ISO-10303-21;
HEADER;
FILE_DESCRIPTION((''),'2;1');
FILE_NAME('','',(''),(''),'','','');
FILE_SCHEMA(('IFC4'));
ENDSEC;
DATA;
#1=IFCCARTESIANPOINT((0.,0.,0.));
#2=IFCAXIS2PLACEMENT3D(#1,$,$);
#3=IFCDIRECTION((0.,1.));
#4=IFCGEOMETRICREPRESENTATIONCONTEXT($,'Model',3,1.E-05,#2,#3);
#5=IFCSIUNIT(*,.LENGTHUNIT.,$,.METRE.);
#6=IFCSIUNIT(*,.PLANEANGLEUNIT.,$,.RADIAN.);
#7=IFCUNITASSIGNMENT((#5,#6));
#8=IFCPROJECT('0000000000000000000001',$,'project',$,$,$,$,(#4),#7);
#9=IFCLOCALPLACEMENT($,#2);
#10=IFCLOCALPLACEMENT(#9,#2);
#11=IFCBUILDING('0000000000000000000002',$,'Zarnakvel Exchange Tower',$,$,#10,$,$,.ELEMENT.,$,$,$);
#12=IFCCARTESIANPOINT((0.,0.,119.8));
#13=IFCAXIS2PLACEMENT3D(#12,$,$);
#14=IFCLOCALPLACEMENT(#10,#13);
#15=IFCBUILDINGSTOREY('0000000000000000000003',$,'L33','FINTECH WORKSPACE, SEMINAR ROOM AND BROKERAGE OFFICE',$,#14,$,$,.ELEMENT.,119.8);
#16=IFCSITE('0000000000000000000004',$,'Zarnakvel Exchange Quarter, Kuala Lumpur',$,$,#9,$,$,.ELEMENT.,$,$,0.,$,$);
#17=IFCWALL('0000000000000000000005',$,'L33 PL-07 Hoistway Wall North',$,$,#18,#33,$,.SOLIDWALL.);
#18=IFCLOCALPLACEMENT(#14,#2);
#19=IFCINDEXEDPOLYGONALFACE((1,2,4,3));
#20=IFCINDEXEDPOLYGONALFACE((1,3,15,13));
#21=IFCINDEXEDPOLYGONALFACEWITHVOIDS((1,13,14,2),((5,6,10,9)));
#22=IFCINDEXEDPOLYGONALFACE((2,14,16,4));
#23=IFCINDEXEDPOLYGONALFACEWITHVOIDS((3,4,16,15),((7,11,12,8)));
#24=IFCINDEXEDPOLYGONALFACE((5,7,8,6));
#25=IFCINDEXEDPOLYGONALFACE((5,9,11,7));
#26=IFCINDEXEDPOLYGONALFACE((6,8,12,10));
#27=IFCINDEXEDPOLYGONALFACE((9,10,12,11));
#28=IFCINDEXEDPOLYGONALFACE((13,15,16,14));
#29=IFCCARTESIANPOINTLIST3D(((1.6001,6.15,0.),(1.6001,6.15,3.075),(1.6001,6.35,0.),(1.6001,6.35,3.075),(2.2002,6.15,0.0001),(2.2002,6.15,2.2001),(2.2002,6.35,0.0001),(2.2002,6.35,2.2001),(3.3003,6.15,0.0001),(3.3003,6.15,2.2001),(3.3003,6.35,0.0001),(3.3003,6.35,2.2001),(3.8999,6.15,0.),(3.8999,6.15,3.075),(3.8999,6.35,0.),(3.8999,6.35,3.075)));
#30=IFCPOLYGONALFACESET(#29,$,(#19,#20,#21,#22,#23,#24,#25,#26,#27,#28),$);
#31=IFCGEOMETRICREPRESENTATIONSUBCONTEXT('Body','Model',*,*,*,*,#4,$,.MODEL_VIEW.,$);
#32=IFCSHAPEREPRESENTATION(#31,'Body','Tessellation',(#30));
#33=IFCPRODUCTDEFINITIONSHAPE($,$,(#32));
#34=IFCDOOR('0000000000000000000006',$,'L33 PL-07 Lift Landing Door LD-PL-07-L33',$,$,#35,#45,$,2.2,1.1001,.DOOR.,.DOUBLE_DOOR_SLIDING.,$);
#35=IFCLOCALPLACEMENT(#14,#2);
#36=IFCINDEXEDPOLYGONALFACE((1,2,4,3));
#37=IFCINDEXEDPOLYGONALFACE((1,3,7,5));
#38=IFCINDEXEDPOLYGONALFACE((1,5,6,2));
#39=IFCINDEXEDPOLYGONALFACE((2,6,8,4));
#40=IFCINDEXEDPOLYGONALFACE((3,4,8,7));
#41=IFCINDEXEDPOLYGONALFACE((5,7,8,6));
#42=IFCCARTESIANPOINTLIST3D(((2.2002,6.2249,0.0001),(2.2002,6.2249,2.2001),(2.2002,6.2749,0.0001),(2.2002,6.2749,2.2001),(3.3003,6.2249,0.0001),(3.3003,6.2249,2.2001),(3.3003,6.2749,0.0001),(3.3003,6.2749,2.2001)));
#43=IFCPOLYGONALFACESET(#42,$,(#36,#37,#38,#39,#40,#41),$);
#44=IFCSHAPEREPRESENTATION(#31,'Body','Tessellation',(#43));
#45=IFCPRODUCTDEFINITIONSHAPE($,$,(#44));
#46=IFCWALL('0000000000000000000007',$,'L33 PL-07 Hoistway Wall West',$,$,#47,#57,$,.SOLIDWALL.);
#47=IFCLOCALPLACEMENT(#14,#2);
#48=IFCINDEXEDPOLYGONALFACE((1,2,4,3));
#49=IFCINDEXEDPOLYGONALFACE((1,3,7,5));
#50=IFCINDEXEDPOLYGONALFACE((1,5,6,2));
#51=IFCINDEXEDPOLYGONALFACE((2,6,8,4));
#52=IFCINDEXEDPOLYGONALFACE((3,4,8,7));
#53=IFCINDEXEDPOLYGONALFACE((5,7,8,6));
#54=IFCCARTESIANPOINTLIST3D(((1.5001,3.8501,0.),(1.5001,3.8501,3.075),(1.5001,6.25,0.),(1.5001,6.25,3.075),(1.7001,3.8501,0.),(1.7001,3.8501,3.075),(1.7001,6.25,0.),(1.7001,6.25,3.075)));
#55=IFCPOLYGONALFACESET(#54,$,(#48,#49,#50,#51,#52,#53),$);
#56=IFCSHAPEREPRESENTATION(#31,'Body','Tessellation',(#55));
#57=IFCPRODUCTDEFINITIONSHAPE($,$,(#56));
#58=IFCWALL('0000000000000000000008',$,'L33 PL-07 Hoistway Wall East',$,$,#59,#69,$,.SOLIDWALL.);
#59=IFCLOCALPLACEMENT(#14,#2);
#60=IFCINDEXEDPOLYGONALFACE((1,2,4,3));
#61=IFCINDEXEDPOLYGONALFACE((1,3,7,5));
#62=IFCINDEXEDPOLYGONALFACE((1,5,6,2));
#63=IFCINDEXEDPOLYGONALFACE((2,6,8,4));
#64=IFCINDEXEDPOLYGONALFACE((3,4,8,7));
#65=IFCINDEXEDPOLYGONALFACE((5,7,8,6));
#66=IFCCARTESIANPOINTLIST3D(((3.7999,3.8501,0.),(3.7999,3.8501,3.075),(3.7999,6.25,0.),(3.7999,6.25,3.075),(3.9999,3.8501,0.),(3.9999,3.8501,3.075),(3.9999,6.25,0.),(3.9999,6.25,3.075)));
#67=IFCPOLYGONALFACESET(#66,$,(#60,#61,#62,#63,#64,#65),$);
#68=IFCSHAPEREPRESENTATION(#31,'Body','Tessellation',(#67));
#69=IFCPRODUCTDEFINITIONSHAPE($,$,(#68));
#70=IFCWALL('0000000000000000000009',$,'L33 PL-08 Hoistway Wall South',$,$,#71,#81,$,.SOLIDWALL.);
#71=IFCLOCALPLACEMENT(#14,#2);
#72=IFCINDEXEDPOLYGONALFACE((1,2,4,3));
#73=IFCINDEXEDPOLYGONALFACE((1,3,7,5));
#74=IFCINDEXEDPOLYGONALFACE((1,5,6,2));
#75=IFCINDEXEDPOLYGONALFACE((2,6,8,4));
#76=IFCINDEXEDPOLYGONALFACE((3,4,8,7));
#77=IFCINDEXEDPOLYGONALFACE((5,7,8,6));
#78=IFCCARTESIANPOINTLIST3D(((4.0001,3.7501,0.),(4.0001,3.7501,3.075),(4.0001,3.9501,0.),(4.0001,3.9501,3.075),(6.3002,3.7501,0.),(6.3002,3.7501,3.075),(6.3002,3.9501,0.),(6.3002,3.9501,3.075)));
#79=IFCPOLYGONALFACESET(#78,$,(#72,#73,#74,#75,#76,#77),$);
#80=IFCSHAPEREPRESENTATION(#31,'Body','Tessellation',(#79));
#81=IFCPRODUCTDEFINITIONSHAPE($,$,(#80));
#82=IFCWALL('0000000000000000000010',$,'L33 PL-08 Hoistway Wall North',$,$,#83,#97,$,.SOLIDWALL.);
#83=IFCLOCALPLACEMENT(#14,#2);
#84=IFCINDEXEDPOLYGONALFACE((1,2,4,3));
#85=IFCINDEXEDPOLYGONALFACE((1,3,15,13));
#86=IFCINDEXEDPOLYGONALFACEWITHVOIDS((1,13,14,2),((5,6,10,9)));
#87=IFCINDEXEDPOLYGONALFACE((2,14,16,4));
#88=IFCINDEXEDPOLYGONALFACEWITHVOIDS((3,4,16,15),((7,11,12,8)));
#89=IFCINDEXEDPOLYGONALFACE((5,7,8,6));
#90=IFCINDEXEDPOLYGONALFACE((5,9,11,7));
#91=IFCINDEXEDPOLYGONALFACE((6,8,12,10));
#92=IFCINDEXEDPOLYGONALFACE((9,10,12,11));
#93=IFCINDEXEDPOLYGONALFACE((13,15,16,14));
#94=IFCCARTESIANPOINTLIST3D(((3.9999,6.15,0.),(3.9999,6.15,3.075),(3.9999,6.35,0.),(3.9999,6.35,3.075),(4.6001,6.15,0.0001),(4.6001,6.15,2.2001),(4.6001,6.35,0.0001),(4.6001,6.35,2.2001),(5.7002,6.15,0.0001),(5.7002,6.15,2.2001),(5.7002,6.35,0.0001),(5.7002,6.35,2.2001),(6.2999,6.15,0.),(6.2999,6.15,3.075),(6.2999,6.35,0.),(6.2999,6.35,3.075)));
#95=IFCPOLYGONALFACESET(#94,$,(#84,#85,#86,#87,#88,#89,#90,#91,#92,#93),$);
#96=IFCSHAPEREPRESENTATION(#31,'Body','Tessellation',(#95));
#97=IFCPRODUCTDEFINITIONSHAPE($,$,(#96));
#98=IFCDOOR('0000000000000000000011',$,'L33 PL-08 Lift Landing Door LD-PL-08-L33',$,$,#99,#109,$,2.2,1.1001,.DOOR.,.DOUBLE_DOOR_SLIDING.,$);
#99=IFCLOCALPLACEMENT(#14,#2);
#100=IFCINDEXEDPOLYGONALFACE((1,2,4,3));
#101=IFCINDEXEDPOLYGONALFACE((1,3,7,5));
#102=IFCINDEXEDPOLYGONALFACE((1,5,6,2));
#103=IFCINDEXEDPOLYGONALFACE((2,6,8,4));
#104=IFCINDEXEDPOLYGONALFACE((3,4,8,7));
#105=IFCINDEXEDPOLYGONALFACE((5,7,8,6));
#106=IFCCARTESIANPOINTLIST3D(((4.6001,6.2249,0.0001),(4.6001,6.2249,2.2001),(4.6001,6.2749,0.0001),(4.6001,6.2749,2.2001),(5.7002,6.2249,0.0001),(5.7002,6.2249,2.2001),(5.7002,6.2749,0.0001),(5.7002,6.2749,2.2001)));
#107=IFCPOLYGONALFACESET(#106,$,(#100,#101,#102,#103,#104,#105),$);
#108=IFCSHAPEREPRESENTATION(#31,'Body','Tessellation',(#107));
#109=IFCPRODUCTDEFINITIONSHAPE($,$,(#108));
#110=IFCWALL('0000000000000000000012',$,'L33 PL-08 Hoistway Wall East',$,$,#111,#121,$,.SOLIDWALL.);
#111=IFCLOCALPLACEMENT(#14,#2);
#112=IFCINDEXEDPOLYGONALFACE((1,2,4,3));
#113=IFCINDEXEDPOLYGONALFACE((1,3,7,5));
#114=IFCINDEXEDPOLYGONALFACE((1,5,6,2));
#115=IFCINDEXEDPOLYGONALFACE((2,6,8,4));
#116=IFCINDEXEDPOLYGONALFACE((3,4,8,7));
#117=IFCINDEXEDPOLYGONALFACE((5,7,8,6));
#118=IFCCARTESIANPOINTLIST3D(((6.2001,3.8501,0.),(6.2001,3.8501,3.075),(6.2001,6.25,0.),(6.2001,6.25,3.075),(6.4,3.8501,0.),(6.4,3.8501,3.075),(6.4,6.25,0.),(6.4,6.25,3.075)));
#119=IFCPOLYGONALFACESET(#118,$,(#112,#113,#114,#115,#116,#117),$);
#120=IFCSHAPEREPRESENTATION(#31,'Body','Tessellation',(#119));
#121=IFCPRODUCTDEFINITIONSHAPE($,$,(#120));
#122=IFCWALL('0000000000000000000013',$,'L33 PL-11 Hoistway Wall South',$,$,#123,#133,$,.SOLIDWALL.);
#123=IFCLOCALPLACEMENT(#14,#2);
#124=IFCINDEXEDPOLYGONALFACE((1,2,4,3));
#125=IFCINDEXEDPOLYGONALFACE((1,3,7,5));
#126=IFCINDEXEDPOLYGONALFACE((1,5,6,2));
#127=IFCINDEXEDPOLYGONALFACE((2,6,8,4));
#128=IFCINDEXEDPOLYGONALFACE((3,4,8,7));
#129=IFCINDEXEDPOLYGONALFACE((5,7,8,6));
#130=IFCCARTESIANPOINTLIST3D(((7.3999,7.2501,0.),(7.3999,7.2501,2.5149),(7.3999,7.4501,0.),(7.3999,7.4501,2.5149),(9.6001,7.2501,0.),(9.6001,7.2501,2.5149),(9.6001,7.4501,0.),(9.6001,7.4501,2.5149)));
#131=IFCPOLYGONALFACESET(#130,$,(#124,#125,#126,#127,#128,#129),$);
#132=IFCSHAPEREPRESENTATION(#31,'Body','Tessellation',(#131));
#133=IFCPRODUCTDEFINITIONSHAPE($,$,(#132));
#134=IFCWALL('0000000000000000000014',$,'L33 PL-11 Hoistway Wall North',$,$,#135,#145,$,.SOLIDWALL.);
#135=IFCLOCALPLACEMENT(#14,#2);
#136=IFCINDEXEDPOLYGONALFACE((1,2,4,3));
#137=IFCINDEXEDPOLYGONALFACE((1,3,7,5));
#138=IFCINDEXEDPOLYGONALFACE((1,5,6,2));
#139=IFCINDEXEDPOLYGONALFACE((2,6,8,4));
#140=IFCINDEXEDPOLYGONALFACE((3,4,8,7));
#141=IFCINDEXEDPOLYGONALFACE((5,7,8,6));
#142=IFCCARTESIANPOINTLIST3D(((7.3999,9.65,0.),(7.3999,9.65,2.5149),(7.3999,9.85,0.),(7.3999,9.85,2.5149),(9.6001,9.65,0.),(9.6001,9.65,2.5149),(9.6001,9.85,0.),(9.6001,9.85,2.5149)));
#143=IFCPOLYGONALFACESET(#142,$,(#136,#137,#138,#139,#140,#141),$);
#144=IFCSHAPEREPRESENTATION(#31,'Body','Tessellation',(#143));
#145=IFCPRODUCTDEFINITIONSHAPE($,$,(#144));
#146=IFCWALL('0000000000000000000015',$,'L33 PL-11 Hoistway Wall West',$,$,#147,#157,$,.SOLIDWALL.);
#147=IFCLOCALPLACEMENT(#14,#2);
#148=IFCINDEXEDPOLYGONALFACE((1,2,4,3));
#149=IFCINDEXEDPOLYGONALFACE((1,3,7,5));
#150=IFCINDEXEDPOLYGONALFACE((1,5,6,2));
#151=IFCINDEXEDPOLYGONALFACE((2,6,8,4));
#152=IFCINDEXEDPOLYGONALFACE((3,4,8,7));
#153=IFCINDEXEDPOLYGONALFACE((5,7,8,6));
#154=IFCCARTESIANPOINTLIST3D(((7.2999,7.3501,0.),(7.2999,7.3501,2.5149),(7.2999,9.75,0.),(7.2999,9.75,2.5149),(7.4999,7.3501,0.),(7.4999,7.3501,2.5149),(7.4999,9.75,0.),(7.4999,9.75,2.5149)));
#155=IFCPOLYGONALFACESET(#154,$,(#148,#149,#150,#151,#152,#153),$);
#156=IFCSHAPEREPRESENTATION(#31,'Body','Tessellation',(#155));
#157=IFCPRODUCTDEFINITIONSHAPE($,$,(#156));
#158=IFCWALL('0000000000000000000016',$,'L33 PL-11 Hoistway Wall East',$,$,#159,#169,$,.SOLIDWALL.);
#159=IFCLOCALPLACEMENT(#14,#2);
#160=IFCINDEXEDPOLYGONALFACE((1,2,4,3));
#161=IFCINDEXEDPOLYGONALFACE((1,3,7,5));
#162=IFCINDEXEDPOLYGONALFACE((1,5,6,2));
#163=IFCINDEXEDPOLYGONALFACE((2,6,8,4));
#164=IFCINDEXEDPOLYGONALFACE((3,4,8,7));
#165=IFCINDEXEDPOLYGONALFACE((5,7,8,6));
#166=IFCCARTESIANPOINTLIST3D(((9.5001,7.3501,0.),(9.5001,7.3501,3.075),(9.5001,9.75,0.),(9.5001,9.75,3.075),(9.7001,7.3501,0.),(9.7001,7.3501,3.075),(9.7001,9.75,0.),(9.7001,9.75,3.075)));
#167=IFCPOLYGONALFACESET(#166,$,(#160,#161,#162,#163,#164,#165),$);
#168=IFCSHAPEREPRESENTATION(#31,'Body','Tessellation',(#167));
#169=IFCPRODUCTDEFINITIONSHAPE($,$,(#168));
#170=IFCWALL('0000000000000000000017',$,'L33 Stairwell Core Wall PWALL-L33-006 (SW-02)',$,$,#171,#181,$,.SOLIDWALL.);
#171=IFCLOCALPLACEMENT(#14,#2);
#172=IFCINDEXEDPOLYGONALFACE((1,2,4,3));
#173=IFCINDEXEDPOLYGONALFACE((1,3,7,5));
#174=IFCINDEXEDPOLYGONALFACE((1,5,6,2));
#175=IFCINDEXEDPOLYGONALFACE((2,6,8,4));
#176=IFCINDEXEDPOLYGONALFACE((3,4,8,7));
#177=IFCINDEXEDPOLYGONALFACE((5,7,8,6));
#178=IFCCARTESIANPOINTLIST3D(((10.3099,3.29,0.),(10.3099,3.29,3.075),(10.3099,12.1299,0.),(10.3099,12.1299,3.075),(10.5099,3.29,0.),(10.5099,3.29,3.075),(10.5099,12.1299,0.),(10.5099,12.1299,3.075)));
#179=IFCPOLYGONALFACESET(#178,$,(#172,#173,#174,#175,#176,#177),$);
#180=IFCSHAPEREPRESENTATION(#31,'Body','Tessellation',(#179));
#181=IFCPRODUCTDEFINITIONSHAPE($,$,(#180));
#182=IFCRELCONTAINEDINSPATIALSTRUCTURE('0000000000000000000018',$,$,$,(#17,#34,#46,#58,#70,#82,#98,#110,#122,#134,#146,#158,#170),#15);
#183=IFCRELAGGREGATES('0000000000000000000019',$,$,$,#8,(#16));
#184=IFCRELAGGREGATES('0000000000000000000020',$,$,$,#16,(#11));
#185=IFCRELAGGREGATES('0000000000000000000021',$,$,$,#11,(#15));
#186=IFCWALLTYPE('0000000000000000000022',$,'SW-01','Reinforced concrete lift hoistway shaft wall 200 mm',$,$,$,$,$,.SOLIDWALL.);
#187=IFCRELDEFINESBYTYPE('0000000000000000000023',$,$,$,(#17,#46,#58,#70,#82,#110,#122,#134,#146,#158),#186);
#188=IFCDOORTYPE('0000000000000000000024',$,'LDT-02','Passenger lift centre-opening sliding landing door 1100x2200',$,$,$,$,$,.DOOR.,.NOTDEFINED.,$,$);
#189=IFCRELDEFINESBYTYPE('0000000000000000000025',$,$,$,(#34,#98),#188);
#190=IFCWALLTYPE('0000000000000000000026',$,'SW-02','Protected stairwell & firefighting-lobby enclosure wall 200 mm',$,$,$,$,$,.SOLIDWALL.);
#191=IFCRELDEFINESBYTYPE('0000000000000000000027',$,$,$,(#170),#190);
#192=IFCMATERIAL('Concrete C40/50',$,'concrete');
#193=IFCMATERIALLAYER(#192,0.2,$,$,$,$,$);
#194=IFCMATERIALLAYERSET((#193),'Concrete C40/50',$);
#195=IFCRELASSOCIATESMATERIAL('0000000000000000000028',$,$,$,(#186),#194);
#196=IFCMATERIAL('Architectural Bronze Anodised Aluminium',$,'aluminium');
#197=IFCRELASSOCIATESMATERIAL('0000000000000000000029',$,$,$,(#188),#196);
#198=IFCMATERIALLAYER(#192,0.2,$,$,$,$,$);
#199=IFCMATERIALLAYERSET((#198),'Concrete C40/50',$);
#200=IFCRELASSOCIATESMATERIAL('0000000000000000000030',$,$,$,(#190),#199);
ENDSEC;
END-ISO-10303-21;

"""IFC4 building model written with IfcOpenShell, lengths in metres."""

from ifc_helpers import new_model, si_unit, direction, frame, frame_2d, origin, place, context, subcontext, project, spatial, rectangle, extrude, source, transform, mapped, material, layer, layer_set, type_object, element, fill, save


model = new_model("IFC4")

# Units and contexts
model_context = context("Model", 3, precision=1e-05, world=origin(), true_north=direction((0.0, 1.0)))
body_context = subcontext(model_context, "Body", "Model", "MODEL_VIEW")
ifc_project = project(units=[si_unit("LENGTHUNIT", "METRE"), si_unit("PLANEANGLEUNIT", "RADIAN")], contexts=[model_context])

# Site, building, storey
site_placement = place(None, origin())
site = spatial("IfcSite", under=ifc_project, at=site_placement, Name="Zarnakvel Exchange Quarter, Kuala Lumpur", CompositionType="ELEMENT", RefElevation=0.0)
building_placement = place(site_placement, origin())
building = spatial("IfcBuilding", under=site, at=building_placement, Name="Zarnakvel Exchange Tower", CompositionType="ELEMENT")
storey_placement = place(building_placement, frame((0.0, 0.0, 119.8)))
storey = spatial("IfcBuildingStorey", under=building, at=storey_placement, Name="L33", Description="FINTECH WORKSPACE, SEMINAR ROOM AND BROKERAGE OFFICE", CompositionType="ELEMENT", Elevation=119.8)

# Shared definitions
ifc_material_1 = material(Name="Concrete C40/50", Category="concrete")
ifc_layer_1 = layer(ifc_material_1, 0.2)
ifc_layer_set_1 = layer_set([ifc_layer_1], Name="Concrete C40/50")
wall_type_1 = type_object("IfcWallType", Name="SW-01", Description="Reinforced concrete lift hoistway shaft wall 200 mm", PredefinedType="SOLIDWALL", material=ifc_layer_set_1)
shared_shape_1 = source(origin(), body_context, "Body", "SweptSolid", [
    extrude(rectangle(XDim=1.1001, YDim=2.2, at=frame_2d((0.55, 1.1001))), frame((0.0, 0.0249, 0.0), z_axis=(0.0, -1.0, 0.0), x_axis=(1.0, 0.0, 0.0)), (0.0, 0.0, 1.0), 0.05),
])

# Wall, opening, door
wall_1_placement = place(storey_placement, frame((1.6001, 6.25, 0.0), z_axis=(0.0, 0.0, 1.0), x_axis=(1.0, 0.0, 0.0)))
wall_1 = element("IfcWall", 1, at=wall_1_placement, inside=storey, type_object=wall_type_1, Name="L33 PL-07 Hoistway Wall North", PredefinedType="SOLIDWALL", context=body_context, shape_type="SweptSolid", body=[
    extrude(rectangle(XDim=2.2998, YDim=0.2, at=frame_2d((1.1499, 0.0))), origin(), (0.0, 0.0, 1.0), 3.075),
])
opening_1_placement = place(wall_1_placement, frame((0.6001, 0.0, 0.0)))
opening_1 = element("IfcOpeningElement", 2, at=opening_1_placement, cuts=wall_1, PredefinedType="OPENING", context=body_context, shape_type="SweptSolid", body=[
    extrude(rectangle(XDim=1.1001, YDim=2.2, at=frame_2d((0.55, 1.1001))), frame((0.0, 0.1099, 0.0), z_axis=(0.0, -1.0, 0.0), x_axis=(1.0, 0.0, 0.0)), (0.0, 0.0, 1.0), 0.22),
])
ifc_material_2 = material(Name="Architectural Bronze Anodised Aluminium", Category="aluminium")
door_type_1 = type_object("IfcDoorType", Name="LDT-02", Description="Passenger lift centre-opening sliding landing door 1100x2200", OperationType="NOTDEFINED", PredefinedType="DOOR", material=ifc_material_2)
door_1_placement = place(opening_1_placement, origin())
door_1 = element("IfcDoor", 3, at=door_1_placement, inside=storey, type_object=door_type_1, Name="L33 PL-07 Lift Landing Door LD-PL-07-L33", OperationType="DOUBLE_DOOR_SLIDING", OverallHeight=2.2, OverallWidth=1.1001, PredefinedType="DOOR", context=body_context, shape_type="MappedRepresentation", body=[
    mapped(shared_shape_1, transform((0.0, 0.0, 0.0), x_axis=(1.0, 0.0, 0.0), y_axis=(0.0, 1.0, 0.0), z_axis=(0.0, 0.0, 1.0), scale=1.0)),
])
fill(opening_1, door_1)

# Walls
for number, where, z_axis, x_axis, name in (
    (4, (1.6001, 3.8501, 0.0), (0.0, 0.0, 1.0), (0.0, 1.0, 0.0), "L33 PL-07 Hoistway Wall West"),
    (5, (3.8999, 6.25, 0.0), (0.0, 0.0, 1.0), (0.0, -1.0, 0.0), "L33 PL-07 Hoistway Wall East"),
):
    element("IfcWall", number, at=place(storey_placement, frame(where, z_axis=z_axis, x_axis=x_axis)), inside=storey, type_object=wall_type_1, Name=name, PredefinedType="SOLIDWALL", context=body_context, shape_type="SweptSolid", body=[
        extrude(rectangle(XDim=2.3999, YDim=0.2, at=frame_2d((1.2, 0.0))), origin(), (0.0, 0.0, 1.0), 3.075),
    ])
wall_2_placement = place(storey_placement, frame((6.3, 3.8501, 0.0), z_axis=(0.0, 0.0, 1.0), x_axis=(-1.0, 0.0, 0.0)))
element("IfcWall", 6, at=wall_2_placement, inside=storey, type_object=wall_type_1, Name="L33 PL-08 Hoistway Wall South", PredefinedType="SOLIDWALL", context=body_context, shape_type="SweptSolid", body=[
    extrude(rectangle(XDim=2.3, YDim=0.2, at=frame_2d((1.1499, 0.0))), origin(), (0.0, 0.0, 1.0), 3.075),
])

# Wall, opening, door
wall_3_placement = place(storey_placement, frame((4.0, 6.25, 0.0), z_axis=(0.0, 0.0, 1.0), x_axis=(1.0, 0.0, 0.0)))
wall_3 = element("IfcWall", 7, at=wall_3_placement, inside=storey, type_object=wall_type_1, Name="L33 PL-08 Hoistway Wall North", PredefinedType="SOLIDWALL", context=body_context, shape_type="SweptSolid", body=[
    extrude(rectangle(XDim=2.3, YDim=0.2, at=frame_2d((1.1499, 0.0))), origin(), (0.0, 0.0, 1.0), 3.075),
])
opening_2_placement = place(wall_3_placement, frame((0.6001, 0.0, 0.0)))
opening_2 = element("IfcOpeningElement", 8, at=opening_2_placement, cuts=wall_3, PredefinedType="OPENING", context=body_context, shape_type="SweptSolid", body=[
    extrude(rectangle(XDim=1.1001, YDim=2.2, at=frame_2d((0.55, 1.1001))), frame((0.0, 0.1099, 0.0), z_axis=(0.0, -1.0, 0.0), x_axis=(1.0, 0.0, 0.0)), (0.0, 0.0, 1.0), 0.22),
])
door_2_placement = place(opening_2_placement, origin())
door_2 = element("IfcDoor", 9, at=door_2_placement, inside=storey, type_object=door_type_1, Name="L33 PL-08 Lift Landing Door LD-PL-08-L33", OperationType="DOUBLE_DOOR_SLIDING", OverallHeight=2.2, OverallWidth=1.1001, PredefinedType="DOOR", context=body_context, shape_type="MappedRepresentation", body=[
    mapped(shared_shape_1, transform((0.0, 0.0, 0.0), x_axis=(1.0, 0.0, 0.0), y_axis=(0.0, 1.0, 0.0), z_axis=(0.0, 0.0, 1.0), scale=1.0)),
])
fill(opening_2, door_2)

# Walls
wall_4_placement = place(storey_placement, frame((6.3, 6.25, 0.0), z_axis=(0.0, 0.0, 1.0), x_axis=(0.0, -1.0, 0.0)))
element("IfcWall", 10, at=wall_4_placement, inside=storey, type_object=wall_type_1, Name="L33 PL-08 Hoistway Wall East", PredefinedType="SOLIDWALL", context=body_context, shape_type="SweptSolid", body=[
    extrude(rectangle(XDim=2.3999, YDim=0.2, at=frame_2d((1.2, 0.0))), origin(), (0.0, 0.0, 1.0), 3.075),
])
for number, where, z_axis, x_axis, name in (
    (11, (9.6001, 7.3501, 0.0), (0.0, 0.0, 1.0), (-1.0, 0.0, 0.0), "L33 PL-11 Hoistway Wall South"),
    (12, (7.3999, 9.75, 0.0), (0.0, 0.0, 1.0), (1.0, 0.0, 0.0), "L33 PL-11 Hoistway Wall North"),
):
    element("IfcWall", number, at=place(storey_placement, frame(where, z_axis=z_axis, x_axis=x_axis)), inside=storey, type_object=wall_type_1, Name=name, PredefinedType="SOLIDWALL", context=body_context, shape_type="SweptSolid", body=[
        extrude(rectangle(XDim=2.2002, YDim=0.2, at=frame_2d((1.1001, 0.0))), origin(), (0.0, 0.0, 1.0), 2.5149),
    ])
wall_5_placement = place(storey_placement, frame((7.3999, 7.3501, 0.0), z_axis=(0.0, 0.0, 1.0), x_axis=(0.0, 1.0, 0.0)))
element("IfcWall", 13, at=wall_5_placement, inside=storey, type_object=wall_type_1, Name="L33 PL-11 Hoistway Wall West", PredefinedType="SOLIDWALL", context=body_context, shape_type="SweptSolid", body=[
    extrude(rectangle(XDim=2.3999, YDim=0.2, at=frame_2d((1.2, 0.0))), origin(), (0.0, 0.0, 1.0), 2.5149),
])
wall_6_placement = place(storey_placement, frame((9.6001, 9.75, 0.0), z_axis=(0.0, 0.0, 1.0), x_axis=(0.0, -1.0, 0.0)))
element("IfcWall", 14, at=wall_6_placement, inside=storey, type_object=wall_type_1, Name="L33 PL-11 Hoistway Wall East", PredefinedType="SOLIDWALL", context=body_context, shape_type="SweptSolid", body=[
    extrude(rectangle(XDim=2.3999, YDim=0.2, at=frame_2d((1.2, 0.0))), origin(), (0.0, 0.0, 1.0), 3.075),
])
ifc_layer_2 = layer(ifc_material_1, 0.2)
ifc_layer_set_2 = layer_set([ifc_layer_2], Name="Concrete C40/50")
wall_type_2 = type_object("IfcWallType", Name="SW-02", Description="Protected stairwell & firefighting-lobby enclosure wall 200 mm", PredefinedType="SOLIDWALL", material=ifc_layer_set_2)
wall_7_placement = place(storey_placement, frame((10.4099, 3.29, 0.0), z_axis=(0.0, 0.0, 1.0), x_axis=(0.0, 1.0, 0.0)))
element("IfcWall", 15, at=wall_7_placement, inside=storey, type_object=wall_type_2, Name="L33 Stairwell Core Wall PWALL-L33-006 (SW-02)", PredefinedType="SOLIDWALL", context=body_context, shape_type="SweptSolid", body=[
    extrude(rectangle(XDim=8.8398, YDim=0.2, at=frame_2d((4.4199, 0.0))), origin(), (0.0, 0.0, 1.0), 3.075),
])

save(model, "model.ifc")
